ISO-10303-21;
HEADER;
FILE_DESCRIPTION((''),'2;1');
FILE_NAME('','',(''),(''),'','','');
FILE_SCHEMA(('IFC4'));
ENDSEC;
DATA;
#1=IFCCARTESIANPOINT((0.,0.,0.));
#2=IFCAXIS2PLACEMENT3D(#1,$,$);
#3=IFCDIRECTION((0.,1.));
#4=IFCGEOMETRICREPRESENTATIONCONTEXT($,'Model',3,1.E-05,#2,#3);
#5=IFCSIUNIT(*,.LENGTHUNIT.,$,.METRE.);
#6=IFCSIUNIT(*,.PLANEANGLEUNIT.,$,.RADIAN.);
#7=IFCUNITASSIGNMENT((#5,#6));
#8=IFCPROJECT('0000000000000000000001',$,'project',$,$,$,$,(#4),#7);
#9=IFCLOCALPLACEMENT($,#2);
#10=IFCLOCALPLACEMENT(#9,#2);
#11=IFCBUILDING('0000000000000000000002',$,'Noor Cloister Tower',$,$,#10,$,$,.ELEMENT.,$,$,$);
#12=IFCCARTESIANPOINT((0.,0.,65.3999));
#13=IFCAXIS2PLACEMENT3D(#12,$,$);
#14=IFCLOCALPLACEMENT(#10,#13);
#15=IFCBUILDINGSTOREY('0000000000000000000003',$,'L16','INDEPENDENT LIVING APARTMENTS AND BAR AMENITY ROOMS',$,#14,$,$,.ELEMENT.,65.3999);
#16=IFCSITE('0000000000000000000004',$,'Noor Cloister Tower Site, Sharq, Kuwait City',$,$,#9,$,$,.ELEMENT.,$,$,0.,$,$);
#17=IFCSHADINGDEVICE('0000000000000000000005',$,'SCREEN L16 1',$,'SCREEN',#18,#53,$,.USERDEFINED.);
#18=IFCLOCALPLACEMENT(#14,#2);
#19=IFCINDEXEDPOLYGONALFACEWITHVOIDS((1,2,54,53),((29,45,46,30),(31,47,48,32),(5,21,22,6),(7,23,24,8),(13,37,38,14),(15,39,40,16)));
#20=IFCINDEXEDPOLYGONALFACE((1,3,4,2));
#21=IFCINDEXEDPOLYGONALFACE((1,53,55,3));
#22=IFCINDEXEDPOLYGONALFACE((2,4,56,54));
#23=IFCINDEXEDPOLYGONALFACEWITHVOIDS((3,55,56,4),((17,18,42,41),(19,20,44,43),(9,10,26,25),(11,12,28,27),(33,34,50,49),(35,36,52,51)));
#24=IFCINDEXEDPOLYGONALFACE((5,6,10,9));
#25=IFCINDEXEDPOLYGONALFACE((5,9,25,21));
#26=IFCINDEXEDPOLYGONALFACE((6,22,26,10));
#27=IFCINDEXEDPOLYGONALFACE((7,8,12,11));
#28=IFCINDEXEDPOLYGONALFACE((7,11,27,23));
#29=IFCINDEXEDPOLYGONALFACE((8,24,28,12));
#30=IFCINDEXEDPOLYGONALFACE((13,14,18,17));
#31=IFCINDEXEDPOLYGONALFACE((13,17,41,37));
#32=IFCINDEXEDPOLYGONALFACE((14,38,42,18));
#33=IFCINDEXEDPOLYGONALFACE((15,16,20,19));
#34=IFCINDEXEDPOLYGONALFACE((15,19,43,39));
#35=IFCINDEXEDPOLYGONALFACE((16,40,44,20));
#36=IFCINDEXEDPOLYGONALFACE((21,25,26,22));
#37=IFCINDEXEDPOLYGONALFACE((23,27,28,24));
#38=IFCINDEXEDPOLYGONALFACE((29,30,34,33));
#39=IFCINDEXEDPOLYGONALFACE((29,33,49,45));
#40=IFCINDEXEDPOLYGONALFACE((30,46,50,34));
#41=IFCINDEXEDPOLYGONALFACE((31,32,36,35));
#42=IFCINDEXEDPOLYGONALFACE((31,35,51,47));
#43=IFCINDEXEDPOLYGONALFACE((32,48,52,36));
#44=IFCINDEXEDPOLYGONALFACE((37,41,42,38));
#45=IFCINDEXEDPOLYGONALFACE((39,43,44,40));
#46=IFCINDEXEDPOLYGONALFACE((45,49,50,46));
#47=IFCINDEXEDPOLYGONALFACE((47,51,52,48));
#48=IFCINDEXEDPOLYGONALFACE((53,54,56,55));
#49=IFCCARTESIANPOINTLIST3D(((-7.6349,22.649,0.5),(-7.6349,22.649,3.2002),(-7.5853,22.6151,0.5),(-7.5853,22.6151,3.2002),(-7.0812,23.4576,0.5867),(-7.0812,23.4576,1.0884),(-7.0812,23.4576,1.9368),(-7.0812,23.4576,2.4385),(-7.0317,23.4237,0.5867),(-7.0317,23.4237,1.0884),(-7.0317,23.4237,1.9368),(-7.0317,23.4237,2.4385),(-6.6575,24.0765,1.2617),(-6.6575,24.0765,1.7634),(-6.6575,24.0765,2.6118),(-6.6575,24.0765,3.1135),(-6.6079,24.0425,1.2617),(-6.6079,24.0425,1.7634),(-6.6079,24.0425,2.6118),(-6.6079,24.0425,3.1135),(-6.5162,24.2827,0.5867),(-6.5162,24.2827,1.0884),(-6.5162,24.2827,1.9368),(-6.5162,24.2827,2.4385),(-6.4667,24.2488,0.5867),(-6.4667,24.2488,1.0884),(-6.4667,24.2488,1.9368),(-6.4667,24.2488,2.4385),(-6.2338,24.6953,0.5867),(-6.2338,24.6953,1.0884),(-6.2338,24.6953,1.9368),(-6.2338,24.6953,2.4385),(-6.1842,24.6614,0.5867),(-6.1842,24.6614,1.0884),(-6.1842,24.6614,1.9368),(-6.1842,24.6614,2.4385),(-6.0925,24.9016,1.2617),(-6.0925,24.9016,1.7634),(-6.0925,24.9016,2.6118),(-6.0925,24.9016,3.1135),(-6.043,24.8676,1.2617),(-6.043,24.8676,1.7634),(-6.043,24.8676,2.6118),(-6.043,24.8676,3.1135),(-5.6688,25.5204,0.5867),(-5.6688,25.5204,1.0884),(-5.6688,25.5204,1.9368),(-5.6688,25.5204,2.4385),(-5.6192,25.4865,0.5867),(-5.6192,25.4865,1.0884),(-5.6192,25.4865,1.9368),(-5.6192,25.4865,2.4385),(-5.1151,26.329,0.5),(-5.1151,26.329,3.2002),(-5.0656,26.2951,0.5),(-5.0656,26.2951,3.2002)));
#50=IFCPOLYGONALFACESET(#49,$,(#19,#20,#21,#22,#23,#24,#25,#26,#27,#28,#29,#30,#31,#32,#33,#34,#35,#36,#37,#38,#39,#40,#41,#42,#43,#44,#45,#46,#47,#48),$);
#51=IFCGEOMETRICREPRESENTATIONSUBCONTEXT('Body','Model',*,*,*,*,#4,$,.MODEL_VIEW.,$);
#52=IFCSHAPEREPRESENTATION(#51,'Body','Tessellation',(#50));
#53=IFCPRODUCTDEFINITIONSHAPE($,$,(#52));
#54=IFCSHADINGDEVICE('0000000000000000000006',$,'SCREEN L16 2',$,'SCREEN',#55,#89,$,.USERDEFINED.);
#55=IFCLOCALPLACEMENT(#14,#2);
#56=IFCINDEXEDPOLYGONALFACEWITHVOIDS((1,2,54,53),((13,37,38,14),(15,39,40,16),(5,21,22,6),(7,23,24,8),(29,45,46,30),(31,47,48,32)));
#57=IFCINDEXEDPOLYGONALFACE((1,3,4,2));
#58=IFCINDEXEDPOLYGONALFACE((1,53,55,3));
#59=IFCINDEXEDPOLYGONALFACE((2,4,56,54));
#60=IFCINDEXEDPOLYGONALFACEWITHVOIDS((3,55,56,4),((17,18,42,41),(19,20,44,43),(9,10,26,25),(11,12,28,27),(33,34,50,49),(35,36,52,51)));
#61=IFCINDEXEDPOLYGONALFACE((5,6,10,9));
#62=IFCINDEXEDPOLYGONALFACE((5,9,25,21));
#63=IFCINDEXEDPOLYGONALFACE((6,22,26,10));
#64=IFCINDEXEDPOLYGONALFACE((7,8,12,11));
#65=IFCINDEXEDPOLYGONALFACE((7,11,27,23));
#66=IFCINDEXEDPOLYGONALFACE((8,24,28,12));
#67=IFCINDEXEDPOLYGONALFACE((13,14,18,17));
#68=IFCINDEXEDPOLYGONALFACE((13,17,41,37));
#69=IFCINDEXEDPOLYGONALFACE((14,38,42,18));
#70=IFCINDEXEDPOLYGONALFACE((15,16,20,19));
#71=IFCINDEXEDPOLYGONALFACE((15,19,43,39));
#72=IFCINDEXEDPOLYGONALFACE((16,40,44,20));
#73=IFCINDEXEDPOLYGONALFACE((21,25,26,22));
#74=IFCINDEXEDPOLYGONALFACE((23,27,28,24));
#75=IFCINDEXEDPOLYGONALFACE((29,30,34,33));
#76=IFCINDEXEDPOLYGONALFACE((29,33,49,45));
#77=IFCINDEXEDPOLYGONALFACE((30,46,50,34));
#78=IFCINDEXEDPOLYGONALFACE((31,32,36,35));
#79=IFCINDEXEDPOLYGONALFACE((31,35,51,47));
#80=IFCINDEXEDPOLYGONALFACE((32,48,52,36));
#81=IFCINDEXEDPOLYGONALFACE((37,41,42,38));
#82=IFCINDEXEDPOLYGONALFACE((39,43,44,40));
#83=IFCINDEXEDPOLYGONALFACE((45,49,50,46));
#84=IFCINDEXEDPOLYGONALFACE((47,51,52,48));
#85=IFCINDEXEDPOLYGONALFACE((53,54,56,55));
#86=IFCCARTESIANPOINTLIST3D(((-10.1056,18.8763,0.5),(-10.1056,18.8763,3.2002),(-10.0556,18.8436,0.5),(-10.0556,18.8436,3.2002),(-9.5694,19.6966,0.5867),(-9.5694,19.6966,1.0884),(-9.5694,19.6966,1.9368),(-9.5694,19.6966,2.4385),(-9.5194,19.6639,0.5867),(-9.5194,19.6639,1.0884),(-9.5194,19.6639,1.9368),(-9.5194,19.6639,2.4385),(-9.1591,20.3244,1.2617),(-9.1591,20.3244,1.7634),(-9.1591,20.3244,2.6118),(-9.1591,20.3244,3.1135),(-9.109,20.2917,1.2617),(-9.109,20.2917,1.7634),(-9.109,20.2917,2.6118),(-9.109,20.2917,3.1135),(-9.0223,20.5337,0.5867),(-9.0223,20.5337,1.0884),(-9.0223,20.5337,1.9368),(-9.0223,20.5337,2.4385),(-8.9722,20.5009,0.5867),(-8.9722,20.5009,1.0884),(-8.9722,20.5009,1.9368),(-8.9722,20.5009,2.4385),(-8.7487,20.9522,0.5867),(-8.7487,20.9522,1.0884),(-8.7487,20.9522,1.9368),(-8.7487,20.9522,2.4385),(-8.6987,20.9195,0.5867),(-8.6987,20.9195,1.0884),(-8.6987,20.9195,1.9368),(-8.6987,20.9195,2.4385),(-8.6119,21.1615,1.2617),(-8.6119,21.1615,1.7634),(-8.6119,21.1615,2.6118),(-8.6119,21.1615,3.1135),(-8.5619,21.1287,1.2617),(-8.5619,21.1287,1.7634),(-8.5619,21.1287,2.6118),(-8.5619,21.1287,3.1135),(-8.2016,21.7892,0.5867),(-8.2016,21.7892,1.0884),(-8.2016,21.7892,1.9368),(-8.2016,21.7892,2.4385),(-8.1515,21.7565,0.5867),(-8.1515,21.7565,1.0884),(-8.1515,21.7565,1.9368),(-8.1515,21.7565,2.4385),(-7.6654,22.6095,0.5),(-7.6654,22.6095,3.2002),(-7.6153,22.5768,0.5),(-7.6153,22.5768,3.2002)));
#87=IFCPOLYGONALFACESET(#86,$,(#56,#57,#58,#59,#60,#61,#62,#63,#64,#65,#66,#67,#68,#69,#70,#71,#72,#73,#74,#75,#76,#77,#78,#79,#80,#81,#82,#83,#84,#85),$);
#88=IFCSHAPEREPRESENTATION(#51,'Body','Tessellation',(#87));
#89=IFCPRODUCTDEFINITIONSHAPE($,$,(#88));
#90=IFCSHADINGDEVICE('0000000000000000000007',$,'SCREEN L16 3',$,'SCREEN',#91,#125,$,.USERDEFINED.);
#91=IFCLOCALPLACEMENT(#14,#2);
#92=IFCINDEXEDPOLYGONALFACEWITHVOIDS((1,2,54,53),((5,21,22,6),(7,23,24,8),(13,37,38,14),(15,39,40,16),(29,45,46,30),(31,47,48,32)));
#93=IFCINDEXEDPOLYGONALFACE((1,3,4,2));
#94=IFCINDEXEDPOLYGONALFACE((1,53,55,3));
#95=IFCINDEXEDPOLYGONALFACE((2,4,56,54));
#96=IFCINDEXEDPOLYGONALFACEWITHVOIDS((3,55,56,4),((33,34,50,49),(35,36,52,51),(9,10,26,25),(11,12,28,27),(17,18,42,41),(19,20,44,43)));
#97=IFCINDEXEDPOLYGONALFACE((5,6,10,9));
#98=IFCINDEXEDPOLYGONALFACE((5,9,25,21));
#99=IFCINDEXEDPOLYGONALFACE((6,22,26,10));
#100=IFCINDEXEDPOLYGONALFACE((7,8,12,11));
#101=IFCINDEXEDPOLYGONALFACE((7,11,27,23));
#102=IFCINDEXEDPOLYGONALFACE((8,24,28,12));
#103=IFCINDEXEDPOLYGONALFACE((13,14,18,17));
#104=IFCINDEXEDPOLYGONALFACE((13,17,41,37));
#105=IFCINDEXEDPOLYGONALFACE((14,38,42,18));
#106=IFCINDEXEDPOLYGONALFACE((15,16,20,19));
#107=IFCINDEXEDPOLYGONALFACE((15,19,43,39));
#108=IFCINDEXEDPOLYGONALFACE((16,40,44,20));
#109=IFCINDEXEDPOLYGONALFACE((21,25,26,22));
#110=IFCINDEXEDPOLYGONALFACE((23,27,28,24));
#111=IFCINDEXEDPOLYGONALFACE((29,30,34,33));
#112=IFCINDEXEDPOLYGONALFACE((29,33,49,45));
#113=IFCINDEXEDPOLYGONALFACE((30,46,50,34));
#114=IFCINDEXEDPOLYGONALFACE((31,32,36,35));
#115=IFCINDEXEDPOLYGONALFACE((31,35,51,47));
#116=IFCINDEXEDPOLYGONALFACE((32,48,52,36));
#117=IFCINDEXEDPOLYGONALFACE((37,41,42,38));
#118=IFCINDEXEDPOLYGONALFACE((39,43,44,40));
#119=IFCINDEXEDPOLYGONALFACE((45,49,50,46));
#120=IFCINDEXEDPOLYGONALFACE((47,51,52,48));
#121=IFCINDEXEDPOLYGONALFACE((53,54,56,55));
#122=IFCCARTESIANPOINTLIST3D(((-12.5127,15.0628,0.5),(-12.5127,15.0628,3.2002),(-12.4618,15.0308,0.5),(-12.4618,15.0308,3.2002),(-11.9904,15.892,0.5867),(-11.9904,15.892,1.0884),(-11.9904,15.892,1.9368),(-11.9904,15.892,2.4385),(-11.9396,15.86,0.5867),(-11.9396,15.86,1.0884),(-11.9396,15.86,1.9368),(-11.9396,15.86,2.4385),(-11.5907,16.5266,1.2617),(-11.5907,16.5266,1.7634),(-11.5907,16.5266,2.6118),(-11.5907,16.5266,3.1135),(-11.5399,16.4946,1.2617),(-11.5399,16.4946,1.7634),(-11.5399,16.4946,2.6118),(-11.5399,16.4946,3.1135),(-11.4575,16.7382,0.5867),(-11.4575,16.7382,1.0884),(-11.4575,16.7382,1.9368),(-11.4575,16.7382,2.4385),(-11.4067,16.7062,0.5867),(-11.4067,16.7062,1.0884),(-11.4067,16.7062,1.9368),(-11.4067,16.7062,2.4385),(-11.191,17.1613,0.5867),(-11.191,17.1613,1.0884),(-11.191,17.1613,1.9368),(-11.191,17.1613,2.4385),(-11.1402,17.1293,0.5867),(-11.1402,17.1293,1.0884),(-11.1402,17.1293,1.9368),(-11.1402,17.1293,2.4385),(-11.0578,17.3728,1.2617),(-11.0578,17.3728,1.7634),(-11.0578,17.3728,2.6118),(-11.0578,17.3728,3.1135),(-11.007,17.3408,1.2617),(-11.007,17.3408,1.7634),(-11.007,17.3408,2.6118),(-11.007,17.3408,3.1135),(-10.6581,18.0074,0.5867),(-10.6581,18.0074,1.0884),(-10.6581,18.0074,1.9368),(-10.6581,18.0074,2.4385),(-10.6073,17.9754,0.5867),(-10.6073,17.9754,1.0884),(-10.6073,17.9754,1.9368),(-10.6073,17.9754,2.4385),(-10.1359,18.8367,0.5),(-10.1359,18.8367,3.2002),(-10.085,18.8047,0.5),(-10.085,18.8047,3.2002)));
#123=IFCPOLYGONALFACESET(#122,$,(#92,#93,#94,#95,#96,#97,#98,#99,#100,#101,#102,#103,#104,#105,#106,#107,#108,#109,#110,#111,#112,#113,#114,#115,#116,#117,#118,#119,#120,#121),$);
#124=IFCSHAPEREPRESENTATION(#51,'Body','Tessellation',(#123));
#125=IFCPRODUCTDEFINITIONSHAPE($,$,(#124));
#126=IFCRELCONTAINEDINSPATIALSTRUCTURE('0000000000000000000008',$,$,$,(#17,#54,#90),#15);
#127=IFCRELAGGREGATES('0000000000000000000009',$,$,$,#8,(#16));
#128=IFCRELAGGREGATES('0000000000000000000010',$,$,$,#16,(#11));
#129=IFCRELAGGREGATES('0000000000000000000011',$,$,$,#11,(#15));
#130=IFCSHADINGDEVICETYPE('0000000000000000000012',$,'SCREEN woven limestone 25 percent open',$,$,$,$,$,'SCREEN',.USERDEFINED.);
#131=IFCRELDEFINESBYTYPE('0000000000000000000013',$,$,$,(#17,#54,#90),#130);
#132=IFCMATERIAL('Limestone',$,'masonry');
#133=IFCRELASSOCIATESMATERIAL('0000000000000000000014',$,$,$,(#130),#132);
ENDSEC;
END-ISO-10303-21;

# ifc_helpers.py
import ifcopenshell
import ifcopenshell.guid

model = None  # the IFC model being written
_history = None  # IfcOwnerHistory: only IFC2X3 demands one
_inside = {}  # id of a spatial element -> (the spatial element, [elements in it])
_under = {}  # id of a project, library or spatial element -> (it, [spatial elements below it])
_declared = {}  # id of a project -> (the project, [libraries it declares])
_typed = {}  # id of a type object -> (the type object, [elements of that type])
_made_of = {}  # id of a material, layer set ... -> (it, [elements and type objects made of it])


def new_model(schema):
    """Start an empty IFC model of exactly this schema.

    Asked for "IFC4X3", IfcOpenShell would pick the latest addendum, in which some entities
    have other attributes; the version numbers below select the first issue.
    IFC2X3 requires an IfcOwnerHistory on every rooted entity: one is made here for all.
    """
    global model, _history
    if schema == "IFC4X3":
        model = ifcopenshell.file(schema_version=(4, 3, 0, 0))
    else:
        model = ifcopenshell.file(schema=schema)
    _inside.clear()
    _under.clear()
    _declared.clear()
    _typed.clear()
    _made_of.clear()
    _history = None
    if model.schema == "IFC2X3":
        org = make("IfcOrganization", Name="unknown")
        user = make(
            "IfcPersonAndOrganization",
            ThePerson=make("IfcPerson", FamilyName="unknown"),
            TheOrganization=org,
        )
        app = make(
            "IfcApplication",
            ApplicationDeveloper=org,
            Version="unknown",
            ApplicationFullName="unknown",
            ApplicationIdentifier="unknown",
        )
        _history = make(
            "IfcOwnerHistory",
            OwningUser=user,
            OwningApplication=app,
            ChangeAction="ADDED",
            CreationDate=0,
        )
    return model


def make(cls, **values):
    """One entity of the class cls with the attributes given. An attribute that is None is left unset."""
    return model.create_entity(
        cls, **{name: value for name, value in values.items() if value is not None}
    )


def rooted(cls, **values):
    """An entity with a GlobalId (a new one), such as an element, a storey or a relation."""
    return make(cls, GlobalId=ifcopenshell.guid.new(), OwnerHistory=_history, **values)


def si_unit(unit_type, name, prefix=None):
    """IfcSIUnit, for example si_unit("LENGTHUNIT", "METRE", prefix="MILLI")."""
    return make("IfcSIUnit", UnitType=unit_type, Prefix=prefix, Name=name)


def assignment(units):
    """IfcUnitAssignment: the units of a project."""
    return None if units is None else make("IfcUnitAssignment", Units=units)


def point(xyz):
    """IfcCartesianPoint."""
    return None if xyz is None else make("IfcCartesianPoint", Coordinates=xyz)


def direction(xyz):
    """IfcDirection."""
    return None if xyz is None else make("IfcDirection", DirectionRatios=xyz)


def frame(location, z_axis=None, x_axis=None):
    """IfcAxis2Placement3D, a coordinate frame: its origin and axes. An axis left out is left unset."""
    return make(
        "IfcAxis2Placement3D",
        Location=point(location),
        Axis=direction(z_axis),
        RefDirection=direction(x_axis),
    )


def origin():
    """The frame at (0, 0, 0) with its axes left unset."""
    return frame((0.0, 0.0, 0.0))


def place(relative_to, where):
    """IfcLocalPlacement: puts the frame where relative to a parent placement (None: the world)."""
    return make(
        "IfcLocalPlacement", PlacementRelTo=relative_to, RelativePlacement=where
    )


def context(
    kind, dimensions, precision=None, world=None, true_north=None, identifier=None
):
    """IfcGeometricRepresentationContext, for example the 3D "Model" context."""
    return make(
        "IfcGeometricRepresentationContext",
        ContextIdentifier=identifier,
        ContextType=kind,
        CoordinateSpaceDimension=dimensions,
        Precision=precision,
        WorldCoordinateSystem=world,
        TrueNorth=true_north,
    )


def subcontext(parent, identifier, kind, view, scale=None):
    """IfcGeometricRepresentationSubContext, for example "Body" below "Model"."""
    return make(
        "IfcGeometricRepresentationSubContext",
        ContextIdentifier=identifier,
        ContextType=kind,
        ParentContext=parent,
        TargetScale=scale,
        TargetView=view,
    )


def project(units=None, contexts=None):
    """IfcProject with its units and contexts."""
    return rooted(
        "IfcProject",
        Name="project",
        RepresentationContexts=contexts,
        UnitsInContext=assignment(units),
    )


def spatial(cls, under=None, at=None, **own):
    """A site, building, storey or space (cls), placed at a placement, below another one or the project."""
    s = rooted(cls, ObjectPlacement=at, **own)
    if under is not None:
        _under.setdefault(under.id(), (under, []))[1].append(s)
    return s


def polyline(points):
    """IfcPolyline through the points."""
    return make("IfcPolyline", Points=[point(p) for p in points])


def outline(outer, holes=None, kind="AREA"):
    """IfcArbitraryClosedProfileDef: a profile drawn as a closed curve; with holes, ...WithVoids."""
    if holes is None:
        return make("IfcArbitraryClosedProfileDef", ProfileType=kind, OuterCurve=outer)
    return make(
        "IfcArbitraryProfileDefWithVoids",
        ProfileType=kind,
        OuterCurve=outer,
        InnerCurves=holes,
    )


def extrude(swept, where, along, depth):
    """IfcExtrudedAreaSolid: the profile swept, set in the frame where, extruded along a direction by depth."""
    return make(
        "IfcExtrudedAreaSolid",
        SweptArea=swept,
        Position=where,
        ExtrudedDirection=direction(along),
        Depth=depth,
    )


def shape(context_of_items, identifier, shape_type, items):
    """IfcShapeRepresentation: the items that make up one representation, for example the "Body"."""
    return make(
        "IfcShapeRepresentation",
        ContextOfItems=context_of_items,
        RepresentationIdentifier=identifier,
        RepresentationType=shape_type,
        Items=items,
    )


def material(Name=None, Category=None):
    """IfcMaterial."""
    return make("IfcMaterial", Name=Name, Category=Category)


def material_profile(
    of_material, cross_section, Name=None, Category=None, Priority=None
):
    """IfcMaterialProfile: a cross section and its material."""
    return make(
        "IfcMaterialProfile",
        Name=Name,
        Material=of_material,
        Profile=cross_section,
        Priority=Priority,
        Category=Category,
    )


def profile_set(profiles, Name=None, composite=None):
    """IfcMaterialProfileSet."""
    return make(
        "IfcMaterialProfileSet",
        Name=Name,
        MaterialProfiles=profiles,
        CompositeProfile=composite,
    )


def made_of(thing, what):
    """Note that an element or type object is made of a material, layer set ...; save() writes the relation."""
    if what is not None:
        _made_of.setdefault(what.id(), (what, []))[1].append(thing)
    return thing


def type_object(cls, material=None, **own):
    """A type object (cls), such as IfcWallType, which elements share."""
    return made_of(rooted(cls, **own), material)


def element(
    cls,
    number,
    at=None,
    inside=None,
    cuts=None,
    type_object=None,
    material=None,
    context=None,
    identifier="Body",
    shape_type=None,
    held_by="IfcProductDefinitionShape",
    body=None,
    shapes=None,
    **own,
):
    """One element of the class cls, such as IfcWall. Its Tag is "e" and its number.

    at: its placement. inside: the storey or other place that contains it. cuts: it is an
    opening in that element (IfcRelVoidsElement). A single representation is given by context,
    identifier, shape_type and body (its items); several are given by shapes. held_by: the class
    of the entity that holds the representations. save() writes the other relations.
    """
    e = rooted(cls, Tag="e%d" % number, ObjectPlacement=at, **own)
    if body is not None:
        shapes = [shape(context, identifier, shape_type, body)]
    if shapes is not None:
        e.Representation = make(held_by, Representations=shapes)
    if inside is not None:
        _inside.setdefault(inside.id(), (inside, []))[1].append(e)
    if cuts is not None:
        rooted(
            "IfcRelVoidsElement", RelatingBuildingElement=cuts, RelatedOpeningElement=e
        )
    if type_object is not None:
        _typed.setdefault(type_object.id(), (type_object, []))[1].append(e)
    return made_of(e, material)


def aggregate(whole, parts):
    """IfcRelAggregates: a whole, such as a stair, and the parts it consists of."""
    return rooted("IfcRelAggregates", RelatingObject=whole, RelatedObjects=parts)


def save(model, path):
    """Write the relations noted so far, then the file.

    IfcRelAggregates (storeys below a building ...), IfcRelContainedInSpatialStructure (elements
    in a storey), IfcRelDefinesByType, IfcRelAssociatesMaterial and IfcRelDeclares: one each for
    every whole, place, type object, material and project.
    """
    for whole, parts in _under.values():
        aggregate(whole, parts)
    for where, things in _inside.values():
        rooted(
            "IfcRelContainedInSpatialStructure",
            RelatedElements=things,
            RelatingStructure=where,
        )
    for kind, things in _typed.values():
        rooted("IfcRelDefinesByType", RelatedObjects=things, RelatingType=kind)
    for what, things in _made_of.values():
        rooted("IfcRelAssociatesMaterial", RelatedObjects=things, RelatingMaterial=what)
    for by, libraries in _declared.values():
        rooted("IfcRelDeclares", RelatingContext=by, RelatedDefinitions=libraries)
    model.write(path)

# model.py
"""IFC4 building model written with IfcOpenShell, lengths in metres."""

from ifc_helpers import new_model, si_unit, direction, frame, origin, place, context, subcontext, project, spatial, polyline, outline, extrude, material, material_profile, profile_set, type_object, element, save


model = new_model("IFC4")

# Units and contexts
model_context = context("Model", 3, precision=1e-05, world=origin(), true_north=direction((0.0, 1.0)))
body_context = subcontext(model_context, "Body", "Model", "MODEL_VIEW")
ifc_project = project(units=[si_unit("LENGTHUNIT", "METRE"), si_unit("PLANEANGLEUNIT", "RADIAN")], contexts=[model_context])

# Site, building, storey
site_placement = place(None, origin())
site = spatial("IfcSite", under=ifc_project, at=site_placement, Name="Noor Cloister Tower Site, Sharq, Kuwait City", CompositionType="ELEMENT", RefElevation=0.0)
building_placement = place(site_placement, origin())
building = spatial("IfcBuilding", under=site, at=building_placement, Name="Noor Cloister Tower", CompositionType="ELEMENT")
storey_placement = place(building_placement, frame((0.0, 0.0, 65.3999)))
storey = spatial("IfcBuildingStorey", under=building, at=storey_placement, Name="L16", Description="INDEPENDENT LIVING APARTMENTS AND BAR AMENITY ROOMS", CompositionType="ELEMENT", Elevation=65.3999)

# Shading devices
ifc_material_1 = material(Name="Limestone", Category="masonry")
ifc_material_profile_1 = material_profile(ifc_material_1, outline(polyline([(-2.23, -1.3501), (2.23, -1.3501), (2.23, 1.3501), (-2.23, 1.3501), (-2.23, -1.3501)]), holes=[polyline([(-1.25, -1.2634), (-0.25, -1.2634), (-0.25, -0.7617), (-1.25, -0.7617), (-1.25, -1.2634)]), polyline([(0.25, -1.2634), (1.25, -1.2634), (1.25, -0.7617), (0.25, -0.7617), (0.25, -1.2634)]), polyline([(-0.5, -0.5884), (0.5, -0.5884), (0.5, -0.0867), (-0.5, -0.0867), (-0.5, -0.5884)]), polyline([(-1.25, 0.0867), (-0.25, 0.0867), (-0.25, 0.5884), (-1.25, 0.5884), (-1.25, 0.0867)]), polyline([(0.25, 0.0867), (1.25, 0.0867), (1.25, 0.5884), (0.25, 0.5884), (0.25, 0.0867)]), polyline([(-0.5, 0.7617), (0.5, 0.7617), (0.5, 1.2634), (-0.5, 1.2634), (-0.5, 0.7617)])]), Name="Woven screen 25 percent open")
ifc_profile_set_1 = profile_set([ifc_material_profile_1], Name="Limestone")
shading_device_type = type_object("IfcShadingDeviceType", Name="SCREEN woven limestone 25 percent open", ElementType="SCREEN", PredefinedType="USERDEFINED", material=ifc_profile_set_1)
shading_device_1_placement = place(storey_placement, frame((-6.3254, 24.4551, 1.8501), z_axis=(-0.825108, 0.564975, 0.0), x_axis=(-0.564975, -0.825108, 0.0)))
element("IfcShadingDevice", 1, at=shading_device_1_placement, inside=storey, type_object=shading_device_type, Name="SCREEN L16 1", ObjectType="SCREEN", PredefinedType="USERDEFINED", context=body_context, shape_type="SweptSolid", body=[
    extrude(outline(polyline([(-2.23, -1.3501), (2.23, -1.3501), (2.23, 1.3501), (-2.23, 1.3501), (-2.23, -1.3501)]), holes=[polyline([(-1.25, -1.2634), (-0.25, -1.2634), (-0.25, -0.7617), (-1.25, -0.7617), (-1.25, -1.2634)]), polyline([(0.25, -1.2634), (1.25, -1.2634), (1.25, -0.7617), (0.25, -0.7617), (0.25, -1.2634)]), polyline([(-0.5, -0.5884), (0.5, -0.5884), (0.5, -0.0867), (-0.5, -0.0867), (-0.5, -0.5884)]), polyline([(-1.25, 0.0867), (-0.25, 0.0867), (-0.25, 0.5884), (-1.25, 0.5884), (-1.25, 0.0867)]), polyline([(0.25, 0.0867), (1.25, 0.0867), (1.25, 0.5884), (0.25, 0.5884), (0.25, 0.0867)]), polyline([(-0.5, 0.7617), (0.5, 0.7617), (0.5, 1.2634), (-0.5, 1.2634), (-0.5, 0.7617)])]), origin(), (0.0, 0.0, 1.0), 0.0601),
])
shading_device_2_placement = place(storey_placement, frame((-8.8354, 20.7102, 1.8501), z_axis=(-0.837042, 0.547139, 0.0), x_axis=(-0.547139, -0.837042, 0.0)))
element("IfcShadingDevice", 2, at=shading_device_2_placement, inside=storey, type_object=shading_device_type, Name="SCREEN L16 2", ObjectType="SCREEN", PredefinedType="USERDEFINED", context=body_context, shape_type="SweptSolid", body=[
    extrude(outline(polyline([(-2.23, -1.3501), (2.23, -1.3501), (2.23, 1.3501), (-2.23, 1.3501), (-2.23, -1.3501)]), holes=[polyline([(-1.25, -1.2634), (-0.25, -1.2634), (-0.25, -0.7617), (-1.25, -0.7617), (-1.25, -1.2634)]), polyline([(0.25, -1.2634), (1.25, -1.2634), (1.25, -0.7617), (0.25, -0.7617), (0.25, -1.2634)]), polyline([(-0.5, -0.5884), (0.5, -0.5884), (0.5, -0.0867), (-0.5, -0.0867), (-0.5, -0.5884)]), polyline([(-1.25, 0.0867), (-0.25, 0.0867), (-0.25, 0.5884), (-1.25, 0.5884), (-1.25, 0.0867)]), polyline([(0.25, 0.0867), (1.25, 0.0867), (1.25, 0.5884), (0.25, 0.5884), (0.25, 0.0867)]), polyline([(-0.5, 0.7617), (0.5, 0.7617), (0.5, 1.2634), (-0.5, 1.2634), (-0.5, 0.7617)])]), origin(), (0.0, 0.0, 1.0), 0.0598),
])
shading_device_3_placement = place(storey_placement, frame((-11.2734, 16.9177, 1.8501), z_axis=(-0.846165, 0.532921, 0.0), x_axis=(-0.532921, -0.846165, 0.0)))
element("IfcShadingDevice", 3, at=shading_device_3_placement, inside=storey, type_object=shading_device_type, Name="SCREEN L16 3", ObjectType="SCREEN", PredefinedType="USERDEFINED", context=body_context, shape_type="SweptSolid", body=[
    extrude(outline(polyline([(-2.23, -1.3501), (2.23, -1.3501), (2.23, 1.3501), (-2.23, 1.3501), (-2.23, -1.3501)]), holes=[polyline([(-1.25, -1.2634), (-0.25, -1.2634), (-0.25, -0.7617), (-1.25, -0.7617), (-1.25, -1.2634)]), polyline([(0.25, -1.2634), (1.25, -1.2634), (1.25, -0.7617), (0.25, -0.7617), (0.25, -1.2634)]), polyline([(-0.5, -0.5884), (0.5, -0.5884), (0.5, -0.0867), (-0.5, -0.0867), (-0.5, -0.5884)]), polyline([(-1.25, 0.0867), (-0.25, 0.0867), (-0.25, 0.5884), (-1.25, 0.5884), (-1.25, 0.0867)]), polyline([(0.25, 0.0867), (1.25, 0.0867), (1.25, 0.5884), (0.25, 0.5884), (0.25, 0.0867)]), polyline([(-0.5, 0.7617), (0.5, 0.7617), (0.5, 1.2634), (-0.5, 1.2634), (-0.5, 0.7617)])]), origin(), (0.0, 0.0, 1.0), 0.0601),
])

save(model, "model.ifc")
